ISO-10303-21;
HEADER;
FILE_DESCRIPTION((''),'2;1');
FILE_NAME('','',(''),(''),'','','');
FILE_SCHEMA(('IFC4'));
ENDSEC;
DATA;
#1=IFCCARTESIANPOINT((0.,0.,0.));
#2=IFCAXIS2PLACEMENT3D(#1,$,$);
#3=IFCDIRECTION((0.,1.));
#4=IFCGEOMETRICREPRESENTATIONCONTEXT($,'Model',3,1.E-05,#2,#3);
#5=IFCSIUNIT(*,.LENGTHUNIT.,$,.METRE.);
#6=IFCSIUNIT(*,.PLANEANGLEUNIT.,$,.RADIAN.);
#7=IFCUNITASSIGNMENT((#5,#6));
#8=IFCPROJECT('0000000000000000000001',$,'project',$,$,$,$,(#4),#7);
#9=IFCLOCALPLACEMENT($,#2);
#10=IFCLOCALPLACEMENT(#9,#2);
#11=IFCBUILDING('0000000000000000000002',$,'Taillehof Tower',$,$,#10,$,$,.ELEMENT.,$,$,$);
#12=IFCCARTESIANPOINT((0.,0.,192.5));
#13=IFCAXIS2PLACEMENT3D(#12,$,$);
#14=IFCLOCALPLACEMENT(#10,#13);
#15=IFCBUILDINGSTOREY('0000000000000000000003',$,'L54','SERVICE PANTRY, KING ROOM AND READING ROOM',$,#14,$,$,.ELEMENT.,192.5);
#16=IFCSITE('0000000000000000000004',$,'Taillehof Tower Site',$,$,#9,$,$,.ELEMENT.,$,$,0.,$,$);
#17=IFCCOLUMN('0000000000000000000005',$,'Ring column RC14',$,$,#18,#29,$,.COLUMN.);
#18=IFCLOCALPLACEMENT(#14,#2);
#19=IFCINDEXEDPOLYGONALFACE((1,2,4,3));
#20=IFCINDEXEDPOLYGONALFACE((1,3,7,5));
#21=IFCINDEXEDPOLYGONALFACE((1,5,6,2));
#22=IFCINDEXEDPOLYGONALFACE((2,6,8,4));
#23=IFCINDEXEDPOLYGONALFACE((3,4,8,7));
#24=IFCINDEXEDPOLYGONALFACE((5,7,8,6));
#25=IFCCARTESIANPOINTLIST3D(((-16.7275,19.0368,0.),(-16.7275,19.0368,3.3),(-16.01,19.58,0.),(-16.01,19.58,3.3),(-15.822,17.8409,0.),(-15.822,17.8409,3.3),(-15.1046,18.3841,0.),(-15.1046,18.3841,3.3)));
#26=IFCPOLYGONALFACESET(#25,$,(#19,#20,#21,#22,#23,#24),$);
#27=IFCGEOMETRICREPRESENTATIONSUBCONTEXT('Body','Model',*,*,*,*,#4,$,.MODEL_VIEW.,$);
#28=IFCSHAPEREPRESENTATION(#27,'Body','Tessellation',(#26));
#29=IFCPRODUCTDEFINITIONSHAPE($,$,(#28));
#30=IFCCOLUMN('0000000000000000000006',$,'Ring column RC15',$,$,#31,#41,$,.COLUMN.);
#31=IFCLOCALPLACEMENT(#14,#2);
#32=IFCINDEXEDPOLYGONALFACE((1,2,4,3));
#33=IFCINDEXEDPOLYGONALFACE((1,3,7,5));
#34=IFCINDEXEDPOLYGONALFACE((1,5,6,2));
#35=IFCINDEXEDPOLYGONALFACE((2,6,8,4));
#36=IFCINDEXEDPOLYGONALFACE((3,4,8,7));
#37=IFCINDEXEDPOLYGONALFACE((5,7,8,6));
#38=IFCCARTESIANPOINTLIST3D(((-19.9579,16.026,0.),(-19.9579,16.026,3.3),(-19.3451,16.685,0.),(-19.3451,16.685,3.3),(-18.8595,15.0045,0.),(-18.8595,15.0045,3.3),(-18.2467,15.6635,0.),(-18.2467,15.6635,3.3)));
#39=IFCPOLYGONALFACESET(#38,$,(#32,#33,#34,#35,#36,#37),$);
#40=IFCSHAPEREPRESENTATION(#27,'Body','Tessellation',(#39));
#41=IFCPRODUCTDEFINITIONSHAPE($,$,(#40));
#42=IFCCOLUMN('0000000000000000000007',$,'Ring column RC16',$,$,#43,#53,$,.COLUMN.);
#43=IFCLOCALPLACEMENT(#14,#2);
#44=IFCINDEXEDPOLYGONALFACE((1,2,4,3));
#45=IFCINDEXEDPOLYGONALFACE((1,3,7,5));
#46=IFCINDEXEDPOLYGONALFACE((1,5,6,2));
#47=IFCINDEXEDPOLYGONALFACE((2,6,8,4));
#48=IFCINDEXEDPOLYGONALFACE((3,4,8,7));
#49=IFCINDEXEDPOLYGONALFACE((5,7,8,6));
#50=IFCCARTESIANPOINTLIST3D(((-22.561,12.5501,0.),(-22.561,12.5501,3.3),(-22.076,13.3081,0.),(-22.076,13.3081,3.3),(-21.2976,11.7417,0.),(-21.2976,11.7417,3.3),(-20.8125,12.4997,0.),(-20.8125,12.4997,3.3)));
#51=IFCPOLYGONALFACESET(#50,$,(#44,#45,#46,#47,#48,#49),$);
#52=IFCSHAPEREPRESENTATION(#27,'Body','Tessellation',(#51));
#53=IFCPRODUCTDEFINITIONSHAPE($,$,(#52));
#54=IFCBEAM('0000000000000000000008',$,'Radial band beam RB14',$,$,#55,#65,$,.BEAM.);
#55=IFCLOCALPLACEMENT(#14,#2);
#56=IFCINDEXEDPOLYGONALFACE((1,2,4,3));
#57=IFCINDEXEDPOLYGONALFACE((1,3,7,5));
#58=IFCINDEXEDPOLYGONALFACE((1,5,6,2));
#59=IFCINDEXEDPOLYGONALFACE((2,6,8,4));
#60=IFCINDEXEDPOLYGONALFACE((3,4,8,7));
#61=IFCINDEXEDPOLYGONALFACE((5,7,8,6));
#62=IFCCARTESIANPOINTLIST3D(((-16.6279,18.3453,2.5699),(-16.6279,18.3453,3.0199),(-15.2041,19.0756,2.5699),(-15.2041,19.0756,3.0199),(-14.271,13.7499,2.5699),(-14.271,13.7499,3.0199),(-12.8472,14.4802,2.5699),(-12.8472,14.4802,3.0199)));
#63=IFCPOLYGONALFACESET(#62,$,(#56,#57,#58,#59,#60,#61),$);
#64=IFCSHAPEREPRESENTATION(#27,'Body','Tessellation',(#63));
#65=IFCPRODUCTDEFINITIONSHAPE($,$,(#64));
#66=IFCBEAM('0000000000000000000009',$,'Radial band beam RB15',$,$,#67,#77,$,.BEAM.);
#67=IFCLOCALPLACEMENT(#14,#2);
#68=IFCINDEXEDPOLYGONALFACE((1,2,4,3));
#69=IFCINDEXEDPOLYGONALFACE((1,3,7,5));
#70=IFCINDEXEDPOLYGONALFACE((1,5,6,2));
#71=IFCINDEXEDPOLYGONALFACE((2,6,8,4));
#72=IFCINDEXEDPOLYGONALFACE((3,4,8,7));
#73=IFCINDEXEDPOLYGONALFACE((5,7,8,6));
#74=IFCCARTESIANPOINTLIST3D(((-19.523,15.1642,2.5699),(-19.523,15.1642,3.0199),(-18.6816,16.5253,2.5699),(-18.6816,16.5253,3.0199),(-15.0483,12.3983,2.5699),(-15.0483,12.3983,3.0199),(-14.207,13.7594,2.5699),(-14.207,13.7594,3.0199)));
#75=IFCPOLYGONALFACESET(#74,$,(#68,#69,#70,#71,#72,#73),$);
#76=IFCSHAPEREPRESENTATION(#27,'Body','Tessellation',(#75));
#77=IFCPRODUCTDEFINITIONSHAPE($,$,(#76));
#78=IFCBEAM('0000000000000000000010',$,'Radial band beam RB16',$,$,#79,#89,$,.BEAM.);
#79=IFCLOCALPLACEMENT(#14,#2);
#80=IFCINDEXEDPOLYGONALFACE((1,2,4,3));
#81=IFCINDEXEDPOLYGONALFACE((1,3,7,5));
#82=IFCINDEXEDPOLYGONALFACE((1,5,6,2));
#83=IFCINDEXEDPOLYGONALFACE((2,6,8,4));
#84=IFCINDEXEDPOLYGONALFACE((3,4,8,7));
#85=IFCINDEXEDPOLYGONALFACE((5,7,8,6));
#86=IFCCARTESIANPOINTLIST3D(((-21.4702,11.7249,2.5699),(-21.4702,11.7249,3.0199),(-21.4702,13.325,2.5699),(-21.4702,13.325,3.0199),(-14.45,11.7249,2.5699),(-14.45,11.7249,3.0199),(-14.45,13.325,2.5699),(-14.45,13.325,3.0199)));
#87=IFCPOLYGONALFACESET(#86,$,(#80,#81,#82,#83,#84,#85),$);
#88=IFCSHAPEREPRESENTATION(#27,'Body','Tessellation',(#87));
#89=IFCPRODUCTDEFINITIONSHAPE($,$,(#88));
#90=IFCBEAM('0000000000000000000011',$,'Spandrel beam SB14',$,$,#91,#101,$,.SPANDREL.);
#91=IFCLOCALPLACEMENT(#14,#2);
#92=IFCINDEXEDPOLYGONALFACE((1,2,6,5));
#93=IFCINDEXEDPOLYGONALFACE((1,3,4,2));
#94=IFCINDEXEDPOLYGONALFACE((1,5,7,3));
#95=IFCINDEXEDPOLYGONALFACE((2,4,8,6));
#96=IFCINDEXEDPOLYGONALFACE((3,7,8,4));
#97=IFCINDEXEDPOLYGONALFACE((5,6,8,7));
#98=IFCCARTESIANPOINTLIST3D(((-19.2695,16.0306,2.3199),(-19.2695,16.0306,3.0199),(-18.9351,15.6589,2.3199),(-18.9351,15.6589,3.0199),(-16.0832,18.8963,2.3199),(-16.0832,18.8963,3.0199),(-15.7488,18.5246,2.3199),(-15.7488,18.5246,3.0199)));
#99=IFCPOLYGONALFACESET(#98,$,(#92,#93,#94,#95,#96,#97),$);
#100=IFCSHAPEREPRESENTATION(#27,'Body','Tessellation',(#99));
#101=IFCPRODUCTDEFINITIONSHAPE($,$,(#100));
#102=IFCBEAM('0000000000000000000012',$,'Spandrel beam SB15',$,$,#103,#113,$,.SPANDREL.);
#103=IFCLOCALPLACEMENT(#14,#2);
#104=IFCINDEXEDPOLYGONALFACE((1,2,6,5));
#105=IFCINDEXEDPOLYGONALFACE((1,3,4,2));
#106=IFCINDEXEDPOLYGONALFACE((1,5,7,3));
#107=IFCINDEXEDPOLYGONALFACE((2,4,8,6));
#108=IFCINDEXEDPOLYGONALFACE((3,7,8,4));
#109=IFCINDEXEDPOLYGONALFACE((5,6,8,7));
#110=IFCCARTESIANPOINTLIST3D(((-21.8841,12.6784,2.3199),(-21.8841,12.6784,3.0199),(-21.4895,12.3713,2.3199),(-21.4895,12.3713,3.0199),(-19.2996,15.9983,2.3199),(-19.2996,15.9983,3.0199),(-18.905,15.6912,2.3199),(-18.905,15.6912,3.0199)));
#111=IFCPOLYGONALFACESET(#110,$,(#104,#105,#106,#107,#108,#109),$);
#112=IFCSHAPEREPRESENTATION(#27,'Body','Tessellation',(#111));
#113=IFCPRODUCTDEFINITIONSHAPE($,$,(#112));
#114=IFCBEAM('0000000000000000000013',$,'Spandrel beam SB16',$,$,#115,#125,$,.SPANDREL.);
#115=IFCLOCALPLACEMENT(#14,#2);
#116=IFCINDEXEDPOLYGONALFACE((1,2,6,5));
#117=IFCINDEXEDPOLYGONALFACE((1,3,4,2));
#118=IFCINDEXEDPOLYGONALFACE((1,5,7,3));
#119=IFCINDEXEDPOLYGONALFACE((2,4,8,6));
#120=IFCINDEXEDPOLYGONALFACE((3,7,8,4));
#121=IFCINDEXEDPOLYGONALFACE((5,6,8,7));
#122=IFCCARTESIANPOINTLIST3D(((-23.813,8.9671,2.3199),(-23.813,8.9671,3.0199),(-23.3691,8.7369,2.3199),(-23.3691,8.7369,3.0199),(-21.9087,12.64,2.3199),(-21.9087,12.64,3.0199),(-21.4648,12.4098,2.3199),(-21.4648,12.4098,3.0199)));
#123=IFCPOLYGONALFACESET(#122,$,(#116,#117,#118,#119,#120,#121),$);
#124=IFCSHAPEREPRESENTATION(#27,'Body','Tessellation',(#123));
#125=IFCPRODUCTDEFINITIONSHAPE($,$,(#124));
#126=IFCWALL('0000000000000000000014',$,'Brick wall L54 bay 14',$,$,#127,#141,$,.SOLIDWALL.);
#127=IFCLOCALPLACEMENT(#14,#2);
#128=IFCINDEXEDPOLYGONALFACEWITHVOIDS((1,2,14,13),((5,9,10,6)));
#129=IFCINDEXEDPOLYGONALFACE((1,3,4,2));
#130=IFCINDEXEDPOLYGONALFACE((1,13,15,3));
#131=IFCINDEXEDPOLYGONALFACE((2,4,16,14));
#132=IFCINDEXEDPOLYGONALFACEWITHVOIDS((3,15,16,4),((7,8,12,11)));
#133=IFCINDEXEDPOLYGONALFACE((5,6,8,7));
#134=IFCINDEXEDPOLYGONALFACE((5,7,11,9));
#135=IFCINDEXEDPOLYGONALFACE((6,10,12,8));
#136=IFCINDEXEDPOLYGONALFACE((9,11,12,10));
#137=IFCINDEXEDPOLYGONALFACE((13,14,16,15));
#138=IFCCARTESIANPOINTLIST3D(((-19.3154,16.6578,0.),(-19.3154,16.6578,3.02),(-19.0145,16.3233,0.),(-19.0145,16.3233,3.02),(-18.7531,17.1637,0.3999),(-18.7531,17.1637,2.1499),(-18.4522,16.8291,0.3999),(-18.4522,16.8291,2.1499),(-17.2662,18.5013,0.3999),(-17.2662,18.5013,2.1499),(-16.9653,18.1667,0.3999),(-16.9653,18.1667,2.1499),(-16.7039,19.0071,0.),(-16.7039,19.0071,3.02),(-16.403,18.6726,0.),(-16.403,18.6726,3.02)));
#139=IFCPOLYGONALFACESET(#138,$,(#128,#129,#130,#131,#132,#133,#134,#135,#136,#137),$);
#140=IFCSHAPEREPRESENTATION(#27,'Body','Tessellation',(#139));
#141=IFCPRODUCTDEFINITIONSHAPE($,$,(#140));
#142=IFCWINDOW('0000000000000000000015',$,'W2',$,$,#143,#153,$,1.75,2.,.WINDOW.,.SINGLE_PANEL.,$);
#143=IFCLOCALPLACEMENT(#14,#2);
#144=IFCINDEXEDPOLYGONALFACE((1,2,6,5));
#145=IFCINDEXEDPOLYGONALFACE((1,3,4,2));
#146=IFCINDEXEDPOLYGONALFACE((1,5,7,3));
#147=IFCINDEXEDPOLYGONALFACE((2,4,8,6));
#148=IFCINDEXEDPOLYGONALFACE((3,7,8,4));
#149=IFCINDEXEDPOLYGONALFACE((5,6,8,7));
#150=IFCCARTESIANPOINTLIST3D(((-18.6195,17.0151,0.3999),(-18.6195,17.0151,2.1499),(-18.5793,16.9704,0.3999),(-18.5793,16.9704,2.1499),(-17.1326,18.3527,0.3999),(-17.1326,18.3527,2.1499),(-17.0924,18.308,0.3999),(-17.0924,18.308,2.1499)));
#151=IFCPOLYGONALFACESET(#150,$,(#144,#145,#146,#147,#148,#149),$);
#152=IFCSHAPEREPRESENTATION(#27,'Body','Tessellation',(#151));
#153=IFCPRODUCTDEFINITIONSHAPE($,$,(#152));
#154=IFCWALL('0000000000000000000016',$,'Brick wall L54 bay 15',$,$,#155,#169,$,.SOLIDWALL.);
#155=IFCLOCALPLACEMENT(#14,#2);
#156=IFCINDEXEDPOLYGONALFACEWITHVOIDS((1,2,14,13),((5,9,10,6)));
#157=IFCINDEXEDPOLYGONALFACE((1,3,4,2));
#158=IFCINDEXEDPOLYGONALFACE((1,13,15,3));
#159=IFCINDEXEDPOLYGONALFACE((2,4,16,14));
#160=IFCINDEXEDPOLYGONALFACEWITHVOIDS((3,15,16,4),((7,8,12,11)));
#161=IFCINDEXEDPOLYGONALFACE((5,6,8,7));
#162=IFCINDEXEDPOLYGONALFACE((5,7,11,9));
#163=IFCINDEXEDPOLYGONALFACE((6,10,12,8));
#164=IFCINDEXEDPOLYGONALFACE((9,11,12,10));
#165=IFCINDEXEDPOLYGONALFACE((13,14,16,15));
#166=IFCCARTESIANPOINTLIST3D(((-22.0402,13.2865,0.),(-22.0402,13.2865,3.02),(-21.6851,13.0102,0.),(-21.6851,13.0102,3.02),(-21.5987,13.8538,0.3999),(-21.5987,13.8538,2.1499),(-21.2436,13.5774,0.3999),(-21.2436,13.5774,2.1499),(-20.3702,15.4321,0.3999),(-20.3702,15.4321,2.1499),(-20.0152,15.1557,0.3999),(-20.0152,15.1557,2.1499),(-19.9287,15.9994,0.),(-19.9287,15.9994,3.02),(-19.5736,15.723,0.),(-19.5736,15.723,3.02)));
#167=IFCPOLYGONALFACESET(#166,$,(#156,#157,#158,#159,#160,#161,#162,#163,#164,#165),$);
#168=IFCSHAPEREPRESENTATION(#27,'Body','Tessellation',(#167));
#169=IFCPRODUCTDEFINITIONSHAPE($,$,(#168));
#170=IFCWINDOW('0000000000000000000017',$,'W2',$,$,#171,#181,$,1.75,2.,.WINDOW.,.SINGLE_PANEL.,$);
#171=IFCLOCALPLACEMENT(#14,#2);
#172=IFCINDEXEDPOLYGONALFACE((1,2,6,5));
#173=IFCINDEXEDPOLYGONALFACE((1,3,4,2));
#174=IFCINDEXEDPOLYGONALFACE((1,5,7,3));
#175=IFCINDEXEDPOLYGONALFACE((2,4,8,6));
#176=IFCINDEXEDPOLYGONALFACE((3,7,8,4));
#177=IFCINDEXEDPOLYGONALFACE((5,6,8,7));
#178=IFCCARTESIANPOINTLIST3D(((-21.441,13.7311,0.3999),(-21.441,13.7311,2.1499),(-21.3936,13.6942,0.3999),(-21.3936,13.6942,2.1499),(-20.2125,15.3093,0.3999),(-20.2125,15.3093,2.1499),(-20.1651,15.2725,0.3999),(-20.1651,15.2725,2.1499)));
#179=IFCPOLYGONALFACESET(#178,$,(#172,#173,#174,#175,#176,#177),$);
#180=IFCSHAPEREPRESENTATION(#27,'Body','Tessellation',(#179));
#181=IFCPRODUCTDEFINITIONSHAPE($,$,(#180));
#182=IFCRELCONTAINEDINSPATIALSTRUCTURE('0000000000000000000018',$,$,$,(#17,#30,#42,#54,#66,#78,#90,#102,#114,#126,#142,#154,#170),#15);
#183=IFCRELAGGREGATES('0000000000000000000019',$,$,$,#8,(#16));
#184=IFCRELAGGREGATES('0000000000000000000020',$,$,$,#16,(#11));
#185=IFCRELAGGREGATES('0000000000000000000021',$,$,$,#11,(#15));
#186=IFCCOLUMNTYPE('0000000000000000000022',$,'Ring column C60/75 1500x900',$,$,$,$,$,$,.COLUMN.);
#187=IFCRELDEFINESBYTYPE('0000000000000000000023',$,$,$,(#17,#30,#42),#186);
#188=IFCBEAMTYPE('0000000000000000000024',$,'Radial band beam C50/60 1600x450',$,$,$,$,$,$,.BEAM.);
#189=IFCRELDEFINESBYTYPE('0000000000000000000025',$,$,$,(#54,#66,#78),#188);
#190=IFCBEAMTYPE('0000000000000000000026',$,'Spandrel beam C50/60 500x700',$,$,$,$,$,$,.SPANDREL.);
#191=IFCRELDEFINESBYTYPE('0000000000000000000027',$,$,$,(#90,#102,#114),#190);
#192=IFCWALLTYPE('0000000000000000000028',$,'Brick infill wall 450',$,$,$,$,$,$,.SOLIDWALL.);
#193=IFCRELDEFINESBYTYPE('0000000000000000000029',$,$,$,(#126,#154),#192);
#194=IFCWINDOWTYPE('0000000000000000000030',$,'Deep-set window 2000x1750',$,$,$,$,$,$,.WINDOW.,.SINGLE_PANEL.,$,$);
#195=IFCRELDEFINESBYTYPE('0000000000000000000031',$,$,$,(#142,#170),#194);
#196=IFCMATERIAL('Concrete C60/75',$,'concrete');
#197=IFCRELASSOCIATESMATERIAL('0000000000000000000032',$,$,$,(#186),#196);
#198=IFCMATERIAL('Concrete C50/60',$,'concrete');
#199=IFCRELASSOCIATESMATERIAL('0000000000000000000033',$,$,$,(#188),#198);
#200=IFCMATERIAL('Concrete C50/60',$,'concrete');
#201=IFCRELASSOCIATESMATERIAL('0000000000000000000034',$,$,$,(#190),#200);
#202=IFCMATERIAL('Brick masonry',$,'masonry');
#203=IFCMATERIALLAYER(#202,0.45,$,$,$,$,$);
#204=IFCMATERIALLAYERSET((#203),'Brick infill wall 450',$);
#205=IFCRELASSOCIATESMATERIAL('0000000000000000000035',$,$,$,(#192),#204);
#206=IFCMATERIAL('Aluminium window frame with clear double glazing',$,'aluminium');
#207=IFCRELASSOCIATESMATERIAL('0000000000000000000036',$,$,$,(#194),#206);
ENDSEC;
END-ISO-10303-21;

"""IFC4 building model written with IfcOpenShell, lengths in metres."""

from ifc_helpers import new_model, si_unit, direction, frame, frame_2d, origin, origin_2d, place, context, subcontext, project, spatial, rectangle, extrude, material, layer, layer_set, material_profile, profile_set, type_object, element, fill, save


model = new_model("IFC4")

# Units and contexts
model_context = context("Model", 3, precision=1e-05, world=origin(), true_north=direction((0.0, 1.0)))
body_context = subcontext(model_context, "Body", "Model", "MODEL_VIEW")
ifc_project = project(units=[si_unit("LENGTHUNIT", "METRE"), si_unit("PLANEANGLEUNIT", "RADIAN")], contexts=[model_context])

# Site, building, storey
site_placement = place(None, origin())
site = spatial("IfcSite", under=ifc_project, at=site_placement, Name="Taillehof Tower Site", CompositionType="ELEMENT", RefElevation=0.0)
building_placement = place(site_placement, origin())
building = spatial("IfcBuilding", under=site, at=building_placement, Name="Taillehof Tower", CompositionType="ELEMENT")
storey_placement = place(building_placement, frame((0.0, 0.0, 192.5)))
storey = spatial("IfcBuildingStorey", under=building, at=storey_placement, Name="L54", Description="SERVICE PANTRY, KING ROOM AND READING ROOM", CompositionType="ELEMENT", Elevation=192.5)

# Columns
ifc_material_1 = material(Name="Concrete C60/75", Category="concrete")
ifc_material_profile_1 = material_profile(ifc_material_1, rectangle(XDim=1.5, YDim=0.8999, at=origin_2d()), Name="RC 1500x900")
ifc_profile_set_1 = profile_set([ifc_material_profile_1], Name="Concrete C60/75")
column_type = type_object("IfcColumnType", Name="Ring column C60/75 1500x900", PredefinedType="COLUMN", material=ifc_profile_set_1)
for number, where, z_axis, x_axis, name in (
    (1, (-15.916, 18.7104, 0.0), (0.0, 0.0, 1.0), (-0.603608, 0.797281, 0.0), "Ring column RC14"),
    (2, (-19.1023, 15.8447, 0.0), (0.0, 0.0, 1.0), (-0.732271, 0.681013, 0.0), "Ring column RC15"),
    (3, (-21.6868, 12.5249, 0.0), (0.0, 0.0, 1.0), (-0.842311, 0.538992, 0.0), "Ring column RC16"),
):
    element("IfcColumn", number, at=place(storey_placement, frame(where, z_axis=z_axis, x_axis=x_axis)), inside=storey, type_object=column_type, Name=name, PredefinedType="COLUMN", context=body_context, shape_type="SweptSolid", body=[
        extrude(rectangle(XDim=1.5, YDim=0.8999, at=origin_2d()), origin(), (0.0, 0.0, 1.0), 3.3),
    ])

# Beams
ifc_material_2 = material(Name="Concrete C50/60", Category="concrete")
ifc_material_profile_2 = material_profile(ifc_material_2, rectangle(XDim=1.6001, YDim=0.45, at=origin_2d()), Name="RC 1600x450")
ifc_profile_set_2 = profile_set([ifc_material_profile_2], Name="Concrete C50/60")
beam_type_1 = type_object("IfcBeamType", Name="Radial band beam C50/60 1600x450", PredefinedType="BEAM", material=ifc_profile_set_2)
beam_1_placement = place(storey_placement, frame((-15.916, 18.7104, 2.7949), z_axis=(0.456361, -0.889795, 0.0), x_axis=(0.889795, 0.456361, 0.0)))
element("IfcBeam", 4, at=beam_1_placement, inside=storey, type_object=beam_type_1, Name="Radial band beam RB14", PredefinedType="BEAM", context=body_context, shape_type="SweptSolid", body=[
    extrude(rectangle(XDim=1.6001, YDim=0.45, at=origin_2d()), origin(), (0.0, 0.0, 1.0), 5.1646),
])
beam_2_placement = place(storey_placement, frame((-19.1023, 15.8447, 2.7949), z_axis=(0.850616, -0.525787, 0.0), x_axis=(0.525787, 0.850616, 0.0)))
element("IfcBeam", 5, at=beam_2_placement, inside=storey, type_object=beam_type_1, Name="Radial band beam RB15", PredefinedType="BEAM", context=body_context, shape_type="SweptSolid", body=[
    extrude(rectangle(XDim=1.6001, YDim=0.45, at=origin_2d()), origin(), (0.0, 0.0, 1.0), 5.2605),
])
beam_3_placement = place(storey_placement, frame((-21.4702, 12.5249, 2.7949), z_axis=(1.0, 0.0, 0.0), x_axis=(0.0, 1.0, 0.0)))
element("IfcBeam", 6, at=beam_3_placement, inside=storey, type_object=beam_type_1, Name="Radial band beam RB16", PredefinedType="BEAM", context=body_context, shape_type="SweptSolid", body=[
    extrude(rectangle(XDim=1.6001, YDim=0.45, at=origin_2d()), origin(), (0.0, 0.0, 1.0), 7.0203),
])
ifc_material_3 = material(Name="Concrete C50/60", Category="concrete")
ifc_material_profile_3 = material_profile(ifc_material_3, rectangle(XDim=0.5, YDim=0.7, at=origin_2d()), Name="RC 500x700")
ifc_profile_set_3 = profile_set([ifc_material_profile_3], Name="Concrete C50/60")
beam_type_2 = type_object("IfcBeamType", Name="Spandrel beam C50/60 500x700", PredefinedType="SPANDREL", material=ifc_profile_set_3)
beam_4_placement = place(storey_placement, frame((-15.916, 18.7104, 2.6699), z_axis=(-0.743518, -0.668716, 0.0), x_axis=(0.668716, -0.743518, 0.0)))
element("IfcBeam", 7, at=beam_4_placement, inside=storey, type_object=beam_type_2, Name="Spandrel beam SB14", PredefinedType="SPANDREL", context=body_context, shape_type="SweptSolid", body=[
    extrude(rectangle(XDim=0.5, YDim=0.7, at=origin_2d()), origin(), (0.0, 0.0, 1.0), 4.2854),
])
beam_5_placement = place(storey_placement, frame((-19.1023, 15.8447, 2.6699), z_axis=(-0.614294, -0.789077, 0.0), x_axis=(0.789077, -0.614294, 0.0)))
element("IfcBeam", 8, at=beam_5_placement, inside=storey, type_object=beam_type_2, Name="Spandrel beam SB15", PredefinedType="SPANDREL", context=body_context, shape_type="SweptSolid", body=[
    extrude(rectangle(XDim=0.5, YDim=0.7, at=origin_2d()), origin(), (0.0, 0.0, 1.0), 4.2073),
])
beam_6_placement = place(storey_placement, frame((-21.6868, 12.5249, 2.6699), z_axis=(-0.46029, -0.887769, 0.0), x_axis=(0.887769, -0.46029, 0.0)))
element("IfcBeam", 9, at=beam_6_placement, inside=storey, type_object=beam_type_2, Name="Spandrel beam SB16", PredefinedType="SPANDREL", context=body_context, shape_type="SweptSolid", body=[
    extrude(rectangle(XDim=0.5, YDim=0.7, at=origin_2d()), origin(), (0.0, 0.0, 1.0), 4.1372),
])

# Walls, openings, windows
ifc_material_4 = material(Name="Brick masonry", Category="masonry")
ifc_layer_1 = layer(ifc_material_4, 0.45)
ifc_layer_set_1 = layer_set([ifc_layer_1], Name="Brick infill wall 450")
wall_type_1 = type_object("IfcWallType", Name="Brick infill wall 450", PredefinedType="SOLIDWALL", material=ifc_layer_set_1)
wall_1_placement = place(storey_placement, frame((-16.5535, 18.8398, 0.0), z_axis=(0.0, 0.0, 1.0), x_axis=(-0.743443, -0.6688, 0.0)))
wall_1 = element("IfcWall", 10, at=wall_1_placement, inside=storey, type_object=wall_type_1, Name="Brick wall L54 bay 14", PredefinedType="SOLIDWALL", context=body_context, shape_type="SweptSolid", body=[
    extrude(rectangle(XDim=3.5127, YDim=0.45, at=frame_2d((1.7563, 0.0))), origin(), (0.0, 0.0, 1.0), 3.02),
])
opening_1_placement = place(wall_1_placement, frame((0.7563, 0.0, 0.3999)))
opening_1 = element("IfcOpeningElement", 11, at=opening_1_placement, cuts=wall_1, PredefinedType="OPENING", context=body_context, shape_type="SweptSolid", body=[
    extrude(rectangle(XDim=2.0, YDim=1.75, at=frame_2d((1.0, 0.875))), frame((0.0, 0.2349, 0.0), z_axis=(0.0, -1.0, 0.0), x_axis=(1.0, 0.0, 0.0)), (0.0, 0.0, 1.0), 0.47),
])
ifc_material_5 = material(Name="Aluminium window frame with clear double glazing", Category="aluminium")
window_type = type_object("IfcWindowType", Name="Deep-set window 2000x1750", PartitioningType="SINGLE_PANEL", PredefinedType="WINDOW", material=ifc_material_5)
window_1_placement = place(opening_1_placement, origin())
window_1 = element("IfcWindow", 12, at=window_1_placement, inside=storey, type_object=window_type, Name="W2", OverallHeight=1.75, OverallWidth=2.0, PartitioningType="SINGLE_PANEL", PredefinedType="WINDOW", context=body_context, shape_type="SweptSolid", body=[
    extrude(rectangle(XDim=2.0, YDim=1.75, at=frame_2d((1.0, 0.875))), frame((0.0, 0.0349, 0.0), z_axis=(0.0, -1.0, 0.0), x_axis=(1.0, 0.0, 0.0)), (0.0, 0.0, 1.0), 0.0601),
])
fill(opening_1, window_1)
wall_2_placement = place(storey_placement, frame((-19.7512, 15.8611, 0.0), z_axis=(0.0, 0.0, 1.0), x_axis=(-0.614221, -0.789134, 0.0)))
wall_2 = element("IfcWall", 13, at=wall_2_placement, inside=storey, type_object=wall_type_1, Name="Brick wall L54 bay 15", PredefinedType="SOLIDWALL", context=body_context, shape_type="SweptSolid", body=[
    extrude(rectangle(XDim=3.4377, YDim=0.45, at=frame_2d((1.7188, 0.0))), origin(), (0.0, 0.0, 1.0), 3.02),
])
opening_2_placement = place(wall_2_placement, frame((0.7188, 0.0, 0.3999)))
opening_2 = element("IfcOpeningElement", 14, at=opening_2_placement, cuts=wall_2, PredefinedType="OPENING", context=body_context, shape_type="SweptSolid", body=[
    extrude(rectangle(XDim=2.0, YDim=1.75, at=frame_2d((1.0, 0.875))), frame((0.0, 0.2349, 0.0), z_axis=(0.0, -1.0, 0.0), x_axis=(1.0, 0.0, 0.0)), (0.0, 0.0, 1.0), 0.47),
])
window_2_placement = place(opening_2_placement, origin())
window_2 = element("IfcWindow", 15, at=window_2_placement, inside=storey, type_object=window_type, Name="W2", OverallHeight=1.75, OverallWidth=2.0, PartitioningType="SINGLE_PANEL", PredefinedType="WINDOW", context=body_context, shape_type="SweptSolid", body=[
    extrude(rectangle(XDim=2.0, YDim=1.75, at=frame_2d((1.0, 0.875))), frame((0.0, 0.0349, 0.0), z_axis=(0.0, -1.0, 0.0), x_axis=(1.0, 0.0, 0.0)), (0.0, 0.0, 1.0), 0.0601),
])
fill(opening_2, window_2)

save(model, "model.ifc")
